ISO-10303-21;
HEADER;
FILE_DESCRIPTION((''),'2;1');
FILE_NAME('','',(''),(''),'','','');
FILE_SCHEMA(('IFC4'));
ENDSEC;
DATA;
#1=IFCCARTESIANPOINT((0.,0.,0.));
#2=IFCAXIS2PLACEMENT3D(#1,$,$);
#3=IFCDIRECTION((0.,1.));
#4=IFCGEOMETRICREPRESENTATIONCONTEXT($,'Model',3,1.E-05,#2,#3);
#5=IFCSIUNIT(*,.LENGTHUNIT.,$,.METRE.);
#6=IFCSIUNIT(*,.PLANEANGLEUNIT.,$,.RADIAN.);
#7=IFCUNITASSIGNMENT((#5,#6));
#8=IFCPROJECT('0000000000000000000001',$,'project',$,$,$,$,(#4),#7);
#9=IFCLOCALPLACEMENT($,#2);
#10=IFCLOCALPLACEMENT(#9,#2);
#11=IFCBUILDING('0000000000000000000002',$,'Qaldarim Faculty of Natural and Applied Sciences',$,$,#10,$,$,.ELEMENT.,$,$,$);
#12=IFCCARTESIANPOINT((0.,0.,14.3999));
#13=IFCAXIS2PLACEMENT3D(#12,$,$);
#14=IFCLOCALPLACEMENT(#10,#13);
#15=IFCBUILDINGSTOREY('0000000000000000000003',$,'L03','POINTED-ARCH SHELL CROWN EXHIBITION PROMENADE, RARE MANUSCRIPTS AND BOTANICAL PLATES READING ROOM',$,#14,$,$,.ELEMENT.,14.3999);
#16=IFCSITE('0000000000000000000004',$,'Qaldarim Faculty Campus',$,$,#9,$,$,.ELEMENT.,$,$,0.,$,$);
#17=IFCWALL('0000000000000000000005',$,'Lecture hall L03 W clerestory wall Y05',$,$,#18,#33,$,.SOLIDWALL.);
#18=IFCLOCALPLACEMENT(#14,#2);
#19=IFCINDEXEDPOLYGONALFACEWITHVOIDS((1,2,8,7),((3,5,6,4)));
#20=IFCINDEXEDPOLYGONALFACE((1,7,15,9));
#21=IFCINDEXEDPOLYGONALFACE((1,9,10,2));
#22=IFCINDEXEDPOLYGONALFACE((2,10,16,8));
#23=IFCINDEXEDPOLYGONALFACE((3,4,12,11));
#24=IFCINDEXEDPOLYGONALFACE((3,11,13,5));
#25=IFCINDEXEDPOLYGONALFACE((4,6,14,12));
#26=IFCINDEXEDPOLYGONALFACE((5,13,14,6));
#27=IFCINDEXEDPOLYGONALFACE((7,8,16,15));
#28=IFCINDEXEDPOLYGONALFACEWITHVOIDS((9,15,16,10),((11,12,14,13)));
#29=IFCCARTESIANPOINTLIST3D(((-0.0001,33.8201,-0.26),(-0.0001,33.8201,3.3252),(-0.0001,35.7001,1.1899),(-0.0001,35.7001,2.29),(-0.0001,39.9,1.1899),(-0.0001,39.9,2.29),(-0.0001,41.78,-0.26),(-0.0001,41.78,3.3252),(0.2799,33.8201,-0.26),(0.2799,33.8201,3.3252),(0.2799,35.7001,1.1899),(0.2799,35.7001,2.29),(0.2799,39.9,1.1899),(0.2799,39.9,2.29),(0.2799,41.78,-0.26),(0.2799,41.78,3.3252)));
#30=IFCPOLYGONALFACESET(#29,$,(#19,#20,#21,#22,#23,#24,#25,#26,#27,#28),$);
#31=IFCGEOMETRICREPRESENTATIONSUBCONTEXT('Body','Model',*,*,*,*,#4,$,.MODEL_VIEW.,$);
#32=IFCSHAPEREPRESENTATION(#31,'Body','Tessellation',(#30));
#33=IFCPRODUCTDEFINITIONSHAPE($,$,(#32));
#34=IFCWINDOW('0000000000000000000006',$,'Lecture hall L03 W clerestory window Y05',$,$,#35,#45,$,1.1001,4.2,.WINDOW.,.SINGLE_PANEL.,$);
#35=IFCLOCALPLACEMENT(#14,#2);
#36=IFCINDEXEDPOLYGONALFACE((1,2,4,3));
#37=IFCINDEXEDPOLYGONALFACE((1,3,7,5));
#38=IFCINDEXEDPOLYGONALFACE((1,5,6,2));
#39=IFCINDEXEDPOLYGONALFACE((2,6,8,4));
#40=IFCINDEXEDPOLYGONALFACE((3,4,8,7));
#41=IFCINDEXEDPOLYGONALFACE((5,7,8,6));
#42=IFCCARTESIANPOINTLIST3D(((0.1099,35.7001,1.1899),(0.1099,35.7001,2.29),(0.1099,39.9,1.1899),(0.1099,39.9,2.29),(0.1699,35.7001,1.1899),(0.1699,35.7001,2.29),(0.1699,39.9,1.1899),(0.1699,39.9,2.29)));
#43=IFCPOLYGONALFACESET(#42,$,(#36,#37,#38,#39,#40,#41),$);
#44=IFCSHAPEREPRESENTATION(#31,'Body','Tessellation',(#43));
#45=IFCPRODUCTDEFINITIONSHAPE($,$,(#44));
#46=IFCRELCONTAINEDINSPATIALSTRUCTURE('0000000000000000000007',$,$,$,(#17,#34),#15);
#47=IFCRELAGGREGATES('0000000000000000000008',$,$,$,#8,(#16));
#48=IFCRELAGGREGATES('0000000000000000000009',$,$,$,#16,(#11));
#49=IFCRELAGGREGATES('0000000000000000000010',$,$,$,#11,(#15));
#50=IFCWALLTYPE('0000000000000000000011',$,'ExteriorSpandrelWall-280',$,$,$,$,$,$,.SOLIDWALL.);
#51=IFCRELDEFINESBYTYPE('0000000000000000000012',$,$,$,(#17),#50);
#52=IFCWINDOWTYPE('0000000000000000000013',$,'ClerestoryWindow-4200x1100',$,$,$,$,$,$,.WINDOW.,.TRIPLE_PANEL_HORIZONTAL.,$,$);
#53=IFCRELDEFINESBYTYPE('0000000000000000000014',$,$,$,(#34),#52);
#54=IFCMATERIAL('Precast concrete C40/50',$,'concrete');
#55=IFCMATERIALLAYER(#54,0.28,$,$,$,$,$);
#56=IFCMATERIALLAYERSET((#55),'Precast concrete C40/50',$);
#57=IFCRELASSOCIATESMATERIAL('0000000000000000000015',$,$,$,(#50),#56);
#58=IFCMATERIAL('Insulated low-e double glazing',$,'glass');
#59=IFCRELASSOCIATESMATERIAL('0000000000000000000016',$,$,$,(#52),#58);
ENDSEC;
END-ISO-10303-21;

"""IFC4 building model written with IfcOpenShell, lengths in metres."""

from ifc_helpers import new_model, si_unit, direction, frame, frame_2d, origin, place, context, subcontext, project, spatial, rectangle, extrude, material, layer, layer_set, type_object, element, fill, save


model = new_model("IFC4")

# Units and contexts
model_context = context("Model", 3, precision=1e-05, world=origin(), true_north=direction((0.0, 1.0)))
body_context = subcontext(model_context, "Body", "Model", "MODEL_VIEW")
ifc_project = project(units=[si_unit("LENGTHUNIT", "METRE"), si_unit("PLANEANGLEUNIT", "RADIAN")], contexts=[model_context])

# Site, building, storey
site_placement = place(None, origin())
site = spatial("IfcSite", under=ifc_project, at=site_placement, Name="Qaldarim Faculty Campus", CompositionType="ELEMENT", RefElevation=0.0)
building_placement = place(site_placement, origin())
building = spatial("IfcBuilding", under=site, at=building_placement, Name="Qaldarim Faculty of Natural and Applied Sciences", CompositionType="ELEMENT")
storey_placement = place(building_placement, frame((0.0, 0.0, 14.3999)))
storey = spatial("IfcBuildingStorey", under=building, at=storey_placement, Name="L03", Description="POINTED-ARCH SHELL CROWN EXHIBITION PROMENADE, RARE MANUSCRIPTS AND BOTANICAL PLATES READING ROOM", CompositionType="ELEMENT", Elevation=14.3999)

# Shared definitions
ifc_material_1 = material(Name="Precast concrete C40/50", Category="concrete")

# Wall, opening, window
ifc_layer = layer(ifc_material_1, 0.28)
ifc_layer_set = layer_set([ifc_layer], Name="Precast concrete C40/50")
wall_type = type_object("IfcWallType", Name="ExteriorSpandrelWall-280", PredefinedType="SOLIDWALL", material=ifc_layer_set)
ifc_material_2 = material(Name="Insulated low-e double glazing", Category="glass")
window_type = type_object("IfcWindowType", Name="ClerestoryWindow-4200x1100", PartitioningType="TRIPLE_PANEL_HORIZONTAL", PredefinedType="WINDOW", material=ifc_material_2)
wall_1_placement = place(storey_placement, frame((0.1399, 41.78, -0.26), z_axis=(0.0, 0.0, 1.0), x_axis=(0.0, -1.0, 0.0)))
wall_1 = element("IfcWall", 1, at=wall_1_placement, inside=storey, type_object=wall_type, Name="Lecture hall L03 W clerestory wall Y05", PredefinedType="SOLIDWALL", context=body_context, shape_type="SweptSolid", body=[
    extrude(rectangle(XDim=7.96, YDim=0.28, at=frame_2d((3.98, 0.0))), origin(), (0.0, 0.0, 1.0), 3.5852),
])
opening_1_placement = place(wall_1_placement, frame((1.8799, 0.0, 1.45)))
opening_1 = element("IfcOpeningElement", 2, at=opening_1_placement, cuts=wall_1, PredefinedType="OPENING", context=body_context, shape_type="SweptSolid", body=[
    extrude(rectangle(XDim=4.2, YDim=1.1001, at=frame_2d((2.1001, 0.55))), frame((0.0, 0.1499, 0.0), z_axis=(0.0, -1.0, 0.0), x_axis=(1.0, 0.0, 0.0)), (0.0, 0.0, 1.0), 0.3),
])
window_1_placement = place(opening_1_placement, origin())
window_1 = element("IfcWindow", 3, at=window_1_placement, inside=storey, type_object=window_type, Name="Lecture hall L03 W clerestory window Y05", OverallHeight=1.1001, OverallWidth=4.2, PartitioningType="SINGLE_PANEL", PredefinedType="WINDOW", context=body_context, shape_type="SweptSolid", body=[
    extrude(rectangle(XDim=4.2, YDim=1.1001, at=frame_2d((2.1001, 0.55))), frame((0.0, 0.03, 0.0), z_axis=(0.0, -1.0, 0.0), x_axis=(1.0, 0.0, 0.0)), (0.0, 0.0, 1.0), 0.0601),
])
fill(opening_1, window_1)

save(model, "model.ifc")
